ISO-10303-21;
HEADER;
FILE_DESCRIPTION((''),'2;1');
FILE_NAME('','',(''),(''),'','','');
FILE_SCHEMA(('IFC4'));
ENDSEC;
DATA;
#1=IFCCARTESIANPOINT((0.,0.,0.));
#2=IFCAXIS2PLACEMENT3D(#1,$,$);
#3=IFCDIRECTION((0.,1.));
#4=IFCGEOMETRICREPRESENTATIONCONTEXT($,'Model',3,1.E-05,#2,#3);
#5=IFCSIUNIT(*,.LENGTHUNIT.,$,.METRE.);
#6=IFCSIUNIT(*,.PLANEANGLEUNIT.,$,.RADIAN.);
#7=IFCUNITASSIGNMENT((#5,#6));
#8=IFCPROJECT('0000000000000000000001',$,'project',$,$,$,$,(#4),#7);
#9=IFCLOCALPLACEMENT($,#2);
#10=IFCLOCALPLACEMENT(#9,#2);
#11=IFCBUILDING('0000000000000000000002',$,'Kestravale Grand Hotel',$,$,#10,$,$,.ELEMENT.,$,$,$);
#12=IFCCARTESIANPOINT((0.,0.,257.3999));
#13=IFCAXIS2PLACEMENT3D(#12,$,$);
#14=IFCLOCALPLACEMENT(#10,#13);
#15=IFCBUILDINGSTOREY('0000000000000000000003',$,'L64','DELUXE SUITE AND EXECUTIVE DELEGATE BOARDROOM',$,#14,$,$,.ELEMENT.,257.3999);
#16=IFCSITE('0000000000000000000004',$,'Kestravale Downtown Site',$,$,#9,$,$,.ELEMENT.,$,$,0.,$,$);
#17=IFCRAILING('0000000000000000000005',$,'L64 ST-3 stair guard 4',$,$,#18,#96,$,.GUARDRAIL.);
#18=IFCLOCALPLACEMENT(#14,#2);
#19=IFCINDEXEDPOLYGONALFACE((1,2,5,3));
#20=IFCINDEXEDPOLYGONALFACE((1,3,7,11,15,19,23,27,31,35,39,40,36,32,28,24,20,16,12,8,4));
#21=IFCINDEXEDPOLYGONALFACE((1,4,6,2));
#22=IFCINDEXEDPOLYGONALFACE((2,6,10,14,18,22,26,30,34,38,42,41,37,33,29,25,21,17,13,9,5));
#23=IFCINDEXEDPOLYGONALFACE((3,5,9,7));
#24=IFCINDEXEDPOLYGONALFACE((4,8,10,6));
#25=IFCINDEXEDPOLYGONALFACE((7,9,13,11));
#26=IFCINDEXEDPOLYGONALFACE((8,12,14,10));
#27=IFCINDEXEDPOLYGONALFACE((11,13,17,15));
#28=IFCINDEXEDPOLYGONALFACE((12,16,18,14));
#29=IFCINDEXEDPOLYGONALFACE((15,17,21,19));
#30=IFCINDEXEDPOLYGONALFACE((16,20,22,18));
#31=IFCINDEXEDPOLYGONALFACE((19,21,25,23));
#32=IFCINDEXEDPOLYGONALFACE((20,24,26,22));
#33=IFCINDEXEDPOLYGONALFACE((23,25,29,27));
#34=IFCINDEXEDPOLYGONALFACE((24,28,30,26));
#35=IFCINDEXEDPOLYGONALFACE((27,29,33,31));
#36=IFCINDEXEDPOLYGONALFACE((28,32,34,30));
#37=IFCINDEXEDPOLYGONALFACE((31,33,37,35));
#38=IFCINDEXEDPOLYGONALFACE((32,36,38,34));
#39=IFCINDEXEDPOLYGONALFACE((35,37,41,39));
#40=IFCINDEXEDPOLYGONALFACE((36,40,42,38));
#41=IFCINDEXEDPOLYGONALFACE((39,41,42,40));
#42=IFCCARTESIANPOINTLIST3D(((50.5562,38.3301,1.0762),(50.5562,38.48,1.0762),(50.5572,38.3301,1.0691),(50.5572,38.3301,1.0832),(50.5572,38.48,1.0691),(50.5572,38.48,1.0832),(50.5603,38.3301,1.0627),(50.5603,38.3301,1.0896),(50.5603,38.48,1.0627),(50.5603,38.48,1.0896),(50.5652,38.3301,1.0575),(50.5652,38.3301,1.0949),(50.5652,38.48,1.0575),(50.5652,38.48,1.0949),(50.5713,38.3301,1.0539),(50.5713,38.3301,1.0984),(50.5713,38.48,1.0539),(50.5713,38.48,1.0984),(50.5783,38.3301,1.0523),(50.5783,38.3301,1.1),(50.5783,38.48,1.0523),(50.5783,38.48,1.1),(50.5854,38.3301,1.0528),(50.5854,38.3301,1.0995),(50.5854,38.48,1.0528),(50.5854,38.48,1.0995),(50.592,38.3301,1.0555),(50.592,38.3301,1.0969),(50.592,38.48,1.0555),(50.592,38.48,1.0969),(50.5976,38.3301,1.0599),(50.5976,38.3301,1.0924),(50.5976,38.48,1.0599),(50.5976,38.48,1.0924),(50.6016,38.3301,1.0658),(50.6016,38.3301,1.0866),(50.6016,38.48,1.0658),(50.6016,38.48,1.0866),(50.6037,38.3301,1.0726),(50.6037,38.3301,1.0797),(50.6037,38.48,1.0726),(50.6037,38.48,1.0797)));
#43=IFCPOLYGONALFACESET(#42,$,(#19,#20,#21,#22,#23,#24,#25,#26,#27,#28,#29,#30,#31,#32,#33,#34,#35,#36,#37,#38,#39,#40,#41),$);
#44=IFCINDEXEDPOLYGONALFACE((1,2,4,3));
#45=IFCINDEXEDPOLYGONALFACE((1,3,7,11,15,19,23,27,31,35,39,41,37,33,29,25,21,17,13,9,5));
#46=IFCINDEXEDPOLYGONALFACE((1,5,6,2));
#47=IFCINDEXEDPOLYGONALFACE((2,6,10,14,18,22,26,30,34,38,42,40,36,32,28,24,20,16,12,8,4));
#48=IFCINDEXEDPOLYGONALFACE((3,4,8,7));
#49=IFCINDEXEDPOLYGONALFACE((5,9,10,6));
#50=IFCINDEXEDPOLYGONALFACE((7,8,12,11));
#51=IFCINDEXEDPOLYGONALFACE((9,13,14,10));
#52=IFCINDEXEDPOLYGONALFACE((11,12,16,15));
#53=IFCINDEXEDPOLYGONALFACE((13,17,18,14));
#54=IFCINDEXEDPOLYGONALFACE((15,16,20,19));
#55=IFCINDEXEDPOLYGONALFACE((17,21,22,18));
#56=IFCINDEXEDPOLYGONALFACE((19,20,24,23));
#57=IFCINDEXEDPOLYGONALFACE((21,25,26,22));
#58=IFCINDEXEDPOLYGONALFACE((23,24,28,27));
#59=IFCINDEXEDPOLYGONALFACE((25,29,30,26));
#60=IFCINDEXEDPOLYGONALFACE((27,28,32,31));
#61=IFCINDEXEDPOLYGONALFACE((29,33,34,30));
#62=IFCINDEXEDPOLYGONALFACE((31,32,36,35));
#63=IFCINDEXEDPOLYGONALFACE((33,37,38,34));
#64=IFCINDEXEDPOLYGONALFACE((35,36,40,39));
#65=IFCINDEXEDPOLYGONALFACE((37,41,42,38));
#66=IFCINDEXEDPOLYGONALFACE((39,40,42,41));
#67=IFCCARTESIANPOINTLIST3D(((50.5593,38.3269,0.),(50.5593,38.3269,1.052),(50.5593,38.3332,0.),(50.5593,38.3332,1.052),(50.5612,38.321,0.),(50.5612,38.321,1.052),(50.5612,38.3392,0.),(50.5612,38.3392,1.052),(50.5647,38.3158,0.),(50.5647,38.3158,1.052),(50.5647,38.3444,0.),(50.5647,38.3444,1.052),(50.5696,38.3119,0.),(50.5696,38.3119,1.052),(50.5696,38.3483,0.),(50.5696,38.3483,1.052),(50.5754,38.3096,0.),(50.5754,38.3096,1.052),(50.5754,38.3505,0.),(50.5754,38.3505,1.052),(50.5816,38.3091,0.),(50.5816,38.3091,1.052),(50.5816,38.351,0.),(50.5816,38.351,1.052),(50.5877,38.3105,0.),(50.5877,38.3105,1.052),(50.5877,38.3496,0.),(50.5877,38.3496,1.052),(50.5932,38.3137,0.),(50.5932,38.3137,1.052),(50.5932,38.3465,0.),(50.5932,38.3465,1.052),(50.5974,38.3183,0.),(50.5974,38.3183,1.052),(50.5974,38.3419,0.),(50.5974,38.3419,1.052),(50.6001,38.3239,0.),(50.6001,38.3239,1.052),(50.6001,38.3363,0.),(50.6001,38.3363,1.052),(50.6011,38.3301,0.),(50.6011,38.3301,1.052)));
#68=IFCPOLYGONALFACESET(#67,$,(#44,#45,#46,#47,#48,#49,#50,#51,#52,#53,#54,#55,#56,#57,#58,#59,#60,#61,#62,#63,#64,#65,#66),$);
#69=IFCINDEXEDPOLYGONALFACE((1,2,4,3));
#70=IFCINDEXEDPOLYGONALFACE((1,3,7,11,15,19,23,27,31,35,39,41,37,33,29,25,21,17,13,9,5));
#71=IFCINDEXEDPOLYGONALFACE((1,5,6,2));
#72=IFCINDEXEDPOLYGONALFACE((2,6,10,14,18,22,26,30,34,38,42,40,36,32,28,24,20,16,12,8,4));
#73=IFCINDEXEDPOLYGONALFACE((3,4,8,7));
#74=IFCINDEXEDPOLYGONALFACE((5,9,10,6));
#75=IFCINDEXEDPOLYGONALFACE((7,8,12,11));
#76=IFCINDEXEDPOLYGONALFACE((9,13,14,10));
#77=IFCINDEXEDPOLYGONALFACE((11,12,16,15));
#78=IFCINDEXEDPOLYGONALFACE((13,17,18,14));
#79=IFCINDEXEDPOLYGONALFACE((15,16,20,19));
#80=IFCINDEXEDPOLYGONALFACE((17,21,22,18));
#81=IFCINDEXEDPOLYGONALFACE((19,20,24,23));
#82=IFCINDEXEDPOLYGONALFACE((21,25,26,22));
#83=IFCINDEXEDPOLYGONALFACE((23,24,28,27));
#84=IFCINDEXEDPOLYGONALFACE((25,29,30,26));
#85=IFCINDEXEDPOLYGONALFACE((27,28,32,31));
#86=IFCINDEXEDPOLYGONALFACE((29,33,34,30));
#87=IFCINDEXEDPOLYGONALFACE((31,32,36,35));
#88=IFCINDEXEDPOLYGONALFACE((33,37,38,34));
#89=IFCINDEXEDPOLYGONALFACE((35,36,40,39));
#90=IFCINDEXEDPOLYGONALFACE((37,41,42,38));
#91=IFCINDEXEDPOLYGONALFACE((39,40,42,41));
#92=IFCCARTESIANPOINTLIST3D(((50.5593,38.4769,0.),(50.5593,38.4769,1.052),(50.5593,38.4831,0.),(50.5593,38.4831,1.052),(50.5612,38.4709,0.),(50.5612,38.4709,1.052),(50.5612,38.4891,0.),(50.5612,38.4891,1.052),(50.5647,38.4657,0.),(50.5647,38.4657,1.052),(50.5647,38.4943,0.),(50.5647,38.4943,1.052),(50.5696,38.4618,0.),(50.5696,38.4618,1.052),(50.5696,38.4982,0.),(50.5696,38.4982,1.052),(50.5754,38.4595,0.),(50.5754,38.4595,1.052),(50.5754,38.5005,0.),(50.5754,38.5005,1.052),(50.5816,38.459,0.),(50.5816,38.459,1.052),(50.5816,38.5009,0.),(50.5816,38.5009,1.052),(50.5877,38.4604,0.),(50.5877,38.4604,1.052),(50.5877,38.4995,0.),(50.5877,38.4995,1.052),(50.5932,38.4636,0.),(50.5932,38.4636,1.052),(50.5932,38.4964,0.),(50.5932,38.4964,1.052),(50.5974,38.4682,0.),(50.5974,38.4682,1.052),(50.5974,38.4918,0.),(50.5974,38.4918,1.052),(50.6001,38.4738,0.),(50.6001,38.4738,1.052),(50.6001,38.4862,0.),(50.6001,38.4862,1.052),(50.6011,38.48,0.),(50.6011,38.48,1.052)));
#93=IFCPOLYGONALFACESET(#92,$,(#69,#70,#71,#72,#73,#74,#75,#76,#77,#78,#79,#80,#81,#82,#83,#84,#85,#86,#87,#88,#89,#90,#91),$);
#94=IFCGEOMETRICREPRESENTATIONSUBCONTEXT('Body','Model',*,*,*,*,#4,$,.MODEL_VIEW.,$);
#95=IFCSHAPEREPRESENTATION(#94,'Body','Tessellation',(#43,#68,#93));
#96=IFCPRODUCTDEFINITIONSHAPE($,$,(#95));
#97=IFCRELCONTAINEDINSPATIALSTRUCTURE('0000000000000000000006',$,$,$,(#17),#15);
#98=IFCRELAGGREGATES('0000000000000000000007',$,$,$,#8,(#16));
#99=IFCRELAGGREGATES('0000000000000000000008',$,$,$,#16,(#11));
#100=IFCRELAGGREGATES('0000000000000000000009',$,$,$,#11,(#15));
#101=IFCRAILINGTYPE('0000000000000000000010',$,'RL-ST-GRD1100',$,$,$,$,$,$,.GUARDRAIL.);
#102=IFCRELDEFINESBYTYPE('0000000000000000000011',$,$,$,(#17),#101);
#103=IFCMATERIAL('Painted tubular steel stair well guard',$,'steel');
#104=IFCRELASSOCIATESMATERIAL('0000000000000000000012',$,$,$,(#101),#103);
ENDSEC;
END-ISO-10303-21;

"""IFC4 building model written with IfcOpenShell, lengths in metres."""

from ifc_helpers import new_model, si_unit, direction, frame, origin, origin_2d, place, context, subcontext, project, spatial, circle, extrude, material, type_object, element, save


model = new_model("IFC4")

# Units and contexts
model_context = context("Model", 3, precision=1e-05, world=origin(), true_north=direction((0.0, 1.0)))
body_context = subcontext(model_context, "Body", "Model", "MODEL_VIEW")
ifc_project = project(units=[si_unit("LENGTHUNIT", "METRE"), si_unit("PLANEANGLEUNIT", "RADIAN")], contexts=[model_context])

# Site, building, storey
site_placement = place(None, origin())
site = spatial("IfcSite", under=ifc_project, at=site_placement, Name="Kestravale Downtown Site", CompositionType="ELEMENT", RefElevation=0.0)
building_placement = place(site_placement, origin())
building = spatial("IfcBuilding", under=site, at=building_placement, Name="Kestravale Grand Hotel", CompositionType="ELEMENT")
storey_placement = place(building_placement, frame((0.0, 0.0, 257.3999)))
storey = spatial("IfcBuildingStorey", under=building, at=storey_placement, Name="L64", Description="DELUXE SUITE AND EXECUTIVE DELEGATE BOARDROOM", CompositionType="ELEMENT", Elevation=257.3999)

# Railing
ifc_material_1 = material(Name="Painted tubular steel stair well guard", Category="steel")
railing_type_1 = type_object("IfcRailingType", Name="RL-ST-GRD1100", PredefinedType="GUARDRAIL", material=ifc_material_1)
for number, where, name in (
    (1, (50.5801, 38.3301, 0.0), "L64 ST-3 stair guard 4"),
):
    element("IfcRailing", number, at=place(storey_placement, frame(where)), inside=storey, type_object=railing_type_1, Name=name, PredefinedType="GUARDRAIL", context=body_context, shape_type="SweptSolid", body=[
        extrude(circle(Radius=0.0239, at=origin_2d()), frame((0.0, 0.0, 1.0762), z_axis=(0.0, 1.0, 0.0), x_axis=(-1.0, 0.0, 0.0)), (0.0, 0.0, 1.0), 0.1499),
        extrude(circle(Radius=0.021, at=origin_2d()), origin(), (0.0, 0.0, 1.0), 1.052),
        extrude(circle(Radius=0.021, at=origin_2d()), frame((0.0, 0.1499, 0.0)), (0.0, 0.0, 1.0), 1.052),
    ])

save(model, "model.ifc")
